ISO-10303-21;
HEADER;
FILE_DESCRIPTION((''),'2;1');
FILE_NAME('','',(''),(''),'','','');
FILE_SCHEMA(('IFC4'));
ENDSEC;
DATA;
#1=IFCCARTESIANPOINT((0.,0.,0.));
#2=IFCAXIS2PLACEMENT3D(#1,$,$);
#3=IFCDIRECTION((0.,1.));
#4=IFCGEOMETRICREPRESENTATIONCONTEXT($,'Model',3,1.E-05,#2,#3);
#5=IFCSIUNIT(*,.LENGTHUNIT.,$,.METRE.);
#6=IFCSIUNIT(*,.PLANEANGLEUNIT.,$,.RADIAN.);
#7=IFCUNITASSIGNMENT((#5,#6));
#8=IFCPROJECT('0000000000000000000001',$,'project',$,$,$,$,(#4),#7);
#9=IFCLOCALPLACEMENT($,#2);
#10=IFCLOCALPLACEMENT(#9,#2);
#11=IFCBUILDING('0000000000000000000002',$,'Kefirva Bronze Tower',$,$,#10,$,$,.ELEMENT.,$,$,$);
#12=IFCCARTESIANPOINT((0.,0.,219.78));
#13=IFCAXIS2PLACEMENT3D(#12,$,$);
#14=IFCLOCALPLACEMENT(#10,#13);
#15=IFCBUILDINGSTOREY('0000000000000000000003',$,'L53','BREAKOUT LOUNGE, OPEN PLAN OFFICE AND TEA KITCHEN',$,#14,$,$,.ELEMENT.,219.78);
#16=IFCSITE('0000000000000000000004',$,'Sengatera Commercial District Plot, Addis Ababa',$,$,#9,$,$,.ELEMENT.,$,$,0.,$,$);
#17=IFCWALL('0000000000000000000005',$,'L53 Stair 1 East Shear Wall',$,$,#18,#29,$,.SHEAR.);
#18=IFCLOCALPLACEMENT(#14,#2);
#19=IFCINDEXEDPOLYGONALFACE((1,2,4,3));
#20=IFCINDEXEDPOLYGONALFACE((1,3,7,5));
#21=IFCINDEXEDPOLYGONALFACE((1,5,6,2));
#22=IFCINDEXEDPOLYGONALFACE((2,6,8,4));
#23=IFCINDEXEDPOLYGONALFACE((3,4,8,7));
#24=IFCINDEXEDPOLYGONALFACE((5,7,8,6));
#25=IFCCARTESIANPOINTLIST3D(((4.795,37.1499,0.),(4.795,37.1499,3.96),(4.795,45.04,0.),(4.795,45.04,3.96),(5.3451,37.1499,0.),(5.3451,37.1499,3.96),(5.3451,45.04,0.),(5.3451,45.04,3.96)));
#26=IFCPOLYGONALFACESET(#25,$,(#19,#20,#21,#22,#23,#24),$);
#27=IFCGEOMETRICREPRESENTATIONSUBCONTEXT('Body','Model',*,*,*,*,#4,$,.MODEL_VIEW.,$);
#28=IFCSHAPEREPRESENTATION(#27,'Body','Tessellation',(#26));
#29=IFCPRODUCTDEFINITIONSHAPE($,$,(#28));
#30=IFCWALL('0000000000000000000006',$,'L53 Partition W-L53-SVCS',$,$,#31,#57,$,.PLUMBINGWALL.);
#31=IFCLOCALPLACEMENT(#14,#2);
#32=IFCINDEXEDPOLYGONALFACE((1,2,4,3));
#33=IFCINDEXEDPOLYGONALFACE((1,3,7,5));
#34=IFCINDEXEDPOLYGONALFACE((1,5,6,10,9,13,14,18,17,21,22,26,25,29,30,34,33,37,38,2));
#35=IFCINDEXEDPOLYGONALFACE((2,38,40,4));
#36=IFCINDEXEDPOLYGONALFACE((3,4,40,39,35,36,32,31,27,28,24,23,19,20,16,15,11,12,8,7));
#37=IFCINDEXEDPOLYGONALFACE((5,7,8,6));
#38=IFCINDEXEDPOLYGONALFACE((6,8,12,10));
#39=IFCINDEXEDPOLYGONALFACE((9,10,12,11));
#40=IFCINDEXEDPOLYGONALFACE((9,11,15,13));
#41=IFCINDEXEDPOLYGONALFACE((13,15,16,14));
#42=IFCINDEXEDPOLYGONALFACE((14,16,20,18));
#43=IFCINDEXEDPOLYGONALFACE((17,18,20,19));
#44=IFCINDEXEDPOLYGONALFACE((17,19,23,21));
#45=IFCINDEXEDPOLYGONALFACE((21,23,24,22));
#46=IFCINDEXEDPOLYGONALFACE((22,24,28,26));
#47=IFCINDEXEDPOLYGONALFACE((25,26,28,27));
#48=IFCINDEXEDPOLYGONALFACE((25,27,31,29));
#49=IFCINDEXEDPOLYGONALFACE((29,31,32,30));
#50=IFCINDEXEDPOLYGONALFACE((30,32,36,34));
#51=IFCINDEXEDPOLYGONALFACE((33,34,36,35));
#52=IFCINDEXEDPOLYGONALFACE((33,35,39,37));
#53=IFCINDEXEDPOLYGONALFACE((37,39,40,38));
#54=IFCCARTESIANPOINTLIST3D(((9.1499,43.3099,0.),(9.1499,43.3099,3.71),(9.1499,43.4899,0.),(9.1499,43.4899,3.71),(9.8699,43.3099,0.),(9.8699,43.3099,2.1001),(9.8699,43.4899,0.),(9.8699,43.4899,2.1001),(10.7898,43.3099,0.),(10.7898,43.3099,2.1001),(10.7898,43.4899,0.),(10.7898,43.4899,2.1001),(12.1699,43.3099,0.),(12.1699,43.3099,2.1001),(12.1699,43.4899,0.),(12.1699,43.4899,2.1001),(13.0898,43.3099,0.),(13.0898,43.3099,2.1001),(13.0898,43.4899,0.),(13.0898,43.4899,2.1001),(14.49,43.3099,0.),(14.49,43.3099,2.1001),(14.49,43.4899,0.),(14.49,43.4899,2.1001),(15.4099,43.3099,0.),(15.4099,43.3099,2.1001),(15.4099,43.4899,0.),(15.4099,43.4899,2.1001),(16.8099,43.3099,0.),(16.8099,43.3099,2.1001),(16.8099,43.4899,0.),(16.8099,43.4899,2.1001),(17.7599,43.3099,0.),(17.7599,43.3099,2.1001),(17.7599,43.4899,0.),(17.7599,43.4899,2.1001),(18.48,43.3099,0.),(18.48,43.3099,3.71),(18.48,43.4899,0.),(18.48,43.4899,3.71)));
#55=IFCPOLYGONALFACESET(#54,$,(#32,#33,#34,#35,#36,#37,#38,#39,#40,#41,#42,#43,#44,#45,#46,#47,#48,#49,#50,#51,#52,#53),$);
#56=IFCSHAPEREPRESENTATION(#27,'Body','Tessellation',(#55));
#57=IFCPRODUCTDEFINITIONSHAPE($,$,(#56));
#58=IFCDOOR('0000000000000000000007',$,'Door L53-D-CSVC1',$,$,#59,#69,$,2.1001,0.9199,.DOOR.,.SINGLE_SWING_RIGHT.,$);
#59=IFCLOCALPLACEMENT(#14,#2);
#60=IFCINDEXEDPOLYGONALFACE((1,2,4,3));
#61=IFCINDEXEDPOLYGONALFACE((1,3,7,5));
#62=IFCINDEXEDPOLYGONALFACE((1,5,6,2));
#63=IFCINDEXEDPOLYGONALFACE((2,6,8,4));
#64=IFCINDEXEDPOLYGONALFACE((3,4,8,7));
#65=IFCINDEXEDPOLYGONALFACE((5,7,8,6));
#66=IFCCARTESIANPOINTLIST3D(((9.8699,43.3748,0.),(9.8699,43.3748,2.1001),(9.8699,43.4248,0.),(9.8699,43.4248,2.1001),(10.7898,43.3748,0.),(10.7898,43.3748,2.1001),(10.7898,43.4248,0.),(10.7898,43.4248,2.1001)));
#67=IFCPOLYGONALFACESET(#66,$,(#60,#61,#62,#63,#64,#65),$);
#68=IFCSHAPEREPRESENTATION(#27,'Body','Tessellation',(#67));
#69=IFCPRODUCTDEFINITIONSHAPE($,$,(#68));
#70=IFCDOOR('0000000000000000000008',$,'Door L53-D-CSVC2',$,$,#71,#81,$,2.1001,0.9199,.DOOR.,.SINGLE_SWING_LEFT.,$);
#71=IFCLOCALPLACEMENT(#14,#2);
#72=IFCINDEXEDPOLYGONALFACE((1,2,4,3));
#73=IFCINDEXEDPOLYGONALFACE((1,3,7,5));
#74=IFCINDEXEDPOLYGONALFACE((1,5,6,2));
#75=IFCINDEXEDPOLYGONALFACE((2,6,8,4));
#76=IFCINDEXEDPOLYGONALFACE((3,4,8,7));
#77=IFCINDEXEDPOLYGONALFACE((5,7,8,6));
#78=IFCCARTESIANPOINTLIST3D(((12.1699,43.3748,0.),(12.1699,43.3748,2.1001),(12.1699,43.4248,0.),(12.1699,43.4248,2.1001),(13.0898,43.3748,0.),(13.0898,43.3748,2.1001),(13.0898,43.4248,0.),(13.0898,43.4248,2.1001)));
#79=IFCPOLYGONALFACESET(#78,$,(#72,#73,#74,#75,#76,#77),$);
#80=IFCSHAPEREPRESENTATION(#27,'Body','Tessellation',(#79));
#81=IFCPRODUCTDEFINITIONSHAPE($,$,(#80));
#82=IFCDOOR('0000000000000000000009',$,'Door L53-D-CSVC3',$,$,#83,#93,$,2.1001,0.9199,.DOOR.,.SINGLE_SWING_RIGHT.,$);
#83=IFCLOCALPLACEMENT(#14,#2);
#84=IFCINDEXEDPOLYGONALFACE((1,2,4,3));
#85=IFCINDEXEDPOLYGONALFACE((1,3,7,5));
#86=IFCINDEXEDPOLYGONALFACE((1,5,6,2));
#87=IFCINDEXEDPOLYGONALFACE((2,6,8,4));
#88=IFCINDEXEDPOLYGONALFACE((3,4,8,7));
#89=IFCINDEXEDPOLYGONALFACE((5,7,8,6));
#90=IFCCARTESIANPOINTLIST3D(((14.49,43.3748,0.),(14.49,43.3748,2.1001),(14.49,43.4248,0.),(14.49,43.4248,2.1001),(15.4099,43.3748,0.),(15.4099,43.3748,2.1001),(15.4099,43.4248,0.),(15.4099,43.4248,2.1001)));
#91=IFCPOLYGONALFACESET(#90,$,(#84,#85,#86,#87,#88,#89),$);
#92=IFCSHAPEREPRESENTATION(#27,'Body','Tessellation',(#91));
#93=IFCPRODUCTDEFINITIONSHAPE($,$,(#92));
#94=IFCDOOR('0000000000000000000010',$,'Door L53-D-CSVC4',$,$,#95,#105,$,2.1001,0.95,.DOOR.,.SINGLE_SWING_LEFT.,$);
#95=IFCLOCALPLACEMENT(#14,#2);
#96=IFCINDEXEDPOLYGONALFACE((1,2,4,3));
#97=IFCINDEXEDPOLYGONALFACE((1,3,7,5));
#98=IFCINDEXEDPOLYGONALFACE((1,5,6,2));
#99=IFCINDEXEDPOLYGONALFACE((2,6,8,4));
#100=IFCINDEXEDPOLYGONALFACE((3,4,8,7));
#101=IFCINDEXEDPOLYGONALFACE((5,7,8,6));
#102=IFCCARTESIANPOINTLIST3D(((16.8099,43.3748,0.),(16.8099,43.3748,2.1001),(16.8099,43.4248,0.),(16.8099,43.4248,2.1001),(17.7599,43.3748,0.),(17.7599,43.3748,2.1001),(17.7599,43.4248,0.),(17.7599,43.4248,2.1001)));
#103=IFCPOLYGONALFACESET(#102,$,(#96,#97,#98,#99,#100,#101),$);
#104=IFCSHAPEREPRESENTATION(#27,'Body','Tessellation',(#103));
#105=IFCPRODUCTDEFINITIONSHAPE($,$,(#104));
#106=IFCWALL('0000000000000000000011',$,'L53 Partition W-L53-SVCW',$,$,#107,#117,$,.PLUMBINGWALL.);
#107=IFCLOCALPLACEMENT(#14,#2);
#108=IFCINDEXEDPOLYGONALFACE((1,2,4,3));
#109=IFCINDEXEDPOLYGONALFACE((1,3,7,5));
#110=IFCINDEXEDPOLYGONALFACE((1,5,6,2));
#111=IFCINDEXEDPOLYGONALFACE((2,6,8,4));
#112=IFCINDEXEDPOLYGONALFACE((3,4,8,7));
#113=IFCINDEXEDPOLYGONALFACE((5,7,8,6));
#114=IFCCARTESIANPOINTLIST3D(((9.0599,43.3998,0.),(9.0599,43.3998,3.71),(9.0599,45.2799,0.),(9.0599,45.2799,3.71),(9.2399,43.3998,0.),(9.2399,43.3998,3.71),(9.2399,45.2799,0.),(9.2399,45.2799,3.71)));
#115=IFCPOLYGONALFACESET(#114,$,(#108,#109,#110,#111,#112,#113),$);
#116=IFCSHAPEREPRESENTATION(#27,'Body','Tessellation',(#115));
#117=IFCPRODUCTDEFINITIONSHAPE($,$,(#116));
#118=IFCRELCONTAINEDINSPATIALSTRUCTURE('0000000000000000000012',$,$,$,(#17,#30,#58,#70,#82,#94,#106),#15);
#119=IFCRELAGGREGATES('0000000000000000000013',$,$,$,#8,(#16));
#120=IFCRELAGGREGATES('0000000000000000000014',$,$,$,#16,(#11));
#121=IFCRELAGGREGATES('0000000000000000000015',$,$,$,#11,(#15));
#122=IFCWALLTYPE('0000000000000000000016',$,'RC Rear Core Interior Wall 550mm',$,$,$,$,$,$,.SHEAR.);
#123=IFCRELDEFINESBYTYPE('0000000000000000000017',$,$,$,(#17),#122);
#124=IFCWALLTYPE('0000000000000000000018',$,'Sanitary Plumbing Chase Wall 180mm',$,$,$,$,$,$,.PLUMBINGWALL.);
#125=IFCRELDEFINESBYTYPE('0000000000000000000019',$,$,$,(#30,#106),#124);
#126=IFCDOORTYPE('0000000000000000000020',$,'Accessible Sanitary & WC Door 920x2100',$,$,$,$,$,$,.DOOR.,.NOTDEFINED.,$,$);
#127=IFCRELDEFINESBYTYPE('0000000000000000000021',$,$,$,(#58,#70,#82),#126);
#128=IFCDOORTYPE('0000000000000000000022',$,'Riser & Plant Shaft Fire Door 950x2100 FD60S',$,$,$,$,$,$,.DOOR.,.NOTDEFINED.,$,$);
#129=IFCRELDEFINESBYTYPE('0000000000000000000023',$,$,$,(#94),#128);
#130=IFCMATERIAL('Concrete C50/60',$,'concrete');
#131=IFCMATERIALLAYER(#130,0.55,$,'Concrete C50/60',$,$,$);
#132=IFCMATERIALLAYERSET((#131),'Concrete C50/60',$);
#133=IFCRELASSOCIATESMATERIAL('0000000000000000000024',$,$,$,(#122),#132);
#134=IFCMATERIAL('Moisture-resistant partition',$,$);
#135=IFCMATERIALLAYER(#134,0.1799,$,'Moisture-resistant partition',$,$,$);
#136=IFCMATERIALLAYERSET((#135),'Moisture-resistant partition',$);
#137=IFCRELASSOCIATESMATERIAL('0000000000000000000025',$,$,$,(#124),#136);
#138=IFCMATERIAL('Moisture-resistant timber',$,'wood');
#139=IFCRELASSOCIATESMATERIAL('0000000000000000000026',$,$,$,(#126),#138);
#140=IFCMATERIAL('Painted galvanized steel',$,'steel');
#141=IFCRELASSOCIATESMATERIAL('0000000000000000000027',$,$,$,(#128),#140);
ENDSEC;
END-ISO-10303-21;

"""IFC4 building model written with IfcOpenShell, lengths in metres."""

from ifc_helpers import new_model, si_unit, direction, frame, frame_2d, origin, place, context, subcontext, project, spatial, rectangle, extrude, material, layer, layer_set, type_object, element, fill, save


model = new_model("IFC4")

# Units and contexts
model_context = context("Model", 3, precision=1e-05, world=origin(), true_north=direction((0.0, 1.0)))
body_context = subcontext(model_context, "Body", "Model", "MODEL_VIEW")
ifc_project = project(units=[si_unit("LENGTHUNIT", "METRE"), si_unit("PLANEANGLEUNIT", "RADIAN")], contexts=[model_context])

# Site, building, storey
site_placement = place(None, origin())
site = spatial("IfcSite", under=ifc_project, at=site_placement, Name="Sengatera Commercial District Plot, Addis Ababa", CompositionType="ELEMENT", RefElevation=0.0)
building_placement = place(site_placement, origin())
building = spatial("IfcBuilding", under=site, at=building_placement, Name="Kefirva Bronze Tower", CompositionType="ELEMENT")
storey_placement = place(building_placement, frame((0.0, 0.0, 219.78)))
storey = spatial("IfcBuildingStorey", under=building, at=storey_placement, Name="L53", Description="BREAKOUT LOUNGE, OPEN PLAN OFFICE AND TEA KITCHEN", CompositionType="ELEMENT", Elevation=219.78)

# Wall
ifc_material_1 = material(Name="Concrete C50/60", Category="concrete")
ifc_layer_1 = layer(ifc_material_1, 0.55, Name="Concrete C50/60")
ifc_layer_set_1 = layer_set([ifc_layer_1], Name="Concrete C50/60")
wall_type_1 = type_object("IfcWallType", Name="RC Rear Core Interior Wall 550mm", PredefinedType="SHEAR", material=ifc_layer_set_1)
wall_1_placement = place(storey_placement, frame((5.0701, 37.1499, 0.0), z_axis=(0.0, 0.0, 1.0), x_axis=(0.0, 1.0, 0.0)))
element("IfcWall", 1, at=wall_1_placement, inside=storey, type_object=wall_type_1, Name="L53 Stair 1 East Shear Wall", PredefinedType="SHEAR", context=body_context, shape_type="SweptSolid", body=[
    extrude(rectangle(XDim=7.8901, YDim=0.55, at=frame_2d((3.9451, 0.0))), origin(), (0.0, 0.0, 1.0), 3.96),
])

# Wall, openings, doors
ifc_material_2 = material(Name="Moisture-resistant partition")
ifc_layer_2 = layer(ifc_material_2, 0.1799, Name="Moisture-resistant partition")
ifc_layer_set_2 = layer_set([ifc_layer_2], Name="Moisture-resistant partition")
wall_type_2 = type_object("IfcWallType", Name="Sanitary Plumbing Chase Wall 180mm", PredefinedType="PLUMBINGWALL", material=ifc_layer_set_2)
wall_2_placement = place(storey_placement, frame((9.1499, 43.3999, 0.0), z_axis=(0.0, 0.0, 1.0), x_axis=(1.0, 0.0, 0.0)))
wall_2 = element("IfcWall", 2, at=wall_2_placement, inside=storey, type_object=wall_type_2, Name="L53 Partition W-L53-SVCS", PredefinedType="PLUMBINGWALL", context=body_context, shape_type="SweptSolid", body=[
    extrude(rectangle(XDim=9.3301, YDim=0.1799, at=frame_2d((4.665, 0.0))), origin(), (0.0, 0.0, 1.0), 3.71),
])
opening_1_placement = place(wall_2_placement, frame((0.72, 0.0, 0.0)))
opening_1 = element("IfcOpeningElement", 3, at=opening_1_placement, cuts=wall_2, PredefinedType="OPENING", context=body_context, shape_type="SweptSolid", body=[
    extrude(rectangle(XDim=0.9199, YDim=2.1001, at=frame_2d((0.46, 1.05))), frame((0.0, 0.1001, 0.0), z_axis=(0.0, -1.0, 0.0), x_axis=(1.0, 0.0, 0.0)), (0.0, 0.0, 1.0), 0.2),
])
opening_2_placement = place(wall_2_placement, frame((3.02, 0.0, 0.0)))
opening_2 = element("IfcOpeningElement", 4, at=opening_2_placement, cuts=wall_2, PredefinedType="OPENING", context=body_context, shape_type="SweptSolid", body=[
    extrude(rectangle(XDim=0.9199, YDim=2.1001, at=frame_2d((0.46, 1.05))), frame((0.0, 0.1001, 0.0), z_axis=(0.0, -1.0, 0.0), x_axis=(1.0, 0.0, 0.0)), (0.0, 0.0, 1.0), 0.2),
])
opening_3_placement = place(wall_2_placement, frame((5.3401, 0.0, 0.0)))
opening_3 = element("IfcOpeningElement", 5, at=opening_3_placement, cuts=wall_2, PredefinedType="OPENING", context=body_context, shape_type="SweptSolid", body=[
    extrude(rectangle(XDim=0.9199, YDim=2.1001, at=frame_2d((0.46, 1.05))), frame((0.0, 0.1001, 0.0), z_axis=(0.0, -1.0, 0.0), x_axis=(1.0, 0.0, 0.0)), (0.0, 0.0, 1.0), 0.2),
])
opening_4_placement = place(wall_2_placement, frame((7.6599, 0.0, 0.0)))
opening_4 = element("IfcOpeningElement", 6, at=opening_4_placement, cuts=wall_2, PredefinedType="OPENING", context=body_context, shape_type="SweptSolid", body=[
    extrude(rectangle(XDim=0.95, YDim=2.1001, at=frame_2d((0.4751, 1.05))), frame((0.0, 0.1001, 0.0), z_axis=(0.0, -1.0, 0.0), x_axis=(1.0, 0.0, 0.0)), (0.0, 0.0, 1.0), 0.2),
])
ifc_material_3 = material(Name="Moisture-resistant timber", Category="wood")
door_type_1 = type_object("IfcDoorType", Name="Accessible Sanitary & WC Door 920x2100", OperationType="NOTDEFINED", PredefinedType="DOOR", material=ifc_material_3)
door_1_placement = place(opening_1_placement, origin())
door_1 = element("IfcDoor", 7, at=door_1_placement, inside=storey, type_object=door_type_1, Name="Door L53-D-CSVC1", OperationType="SINGLE_SWING_RIGHT", OverallHeight=2.1001, OverallWidth=0.9199, PredefinedType="DOOR", context=body_context, shape_type="SweptSolid", body=[
    extrude(rectangle(XDim=0.9199, YDim=2.1001, at=frame_2d((0.46, 1.05))), frame((0.0, 0.0249, 0.0), z_axis=(0.0, -1.0, 0.0), x_axis=(1.0, 0.0, 0.0)), (0.0, 0.0, 1.0), 0.05),
])
fill(opening_1, door_1)
door_2_placement = place(opening_2_placement, origin())
door_2 = element("IfcDoor", 8, at=door_2_placement, inside=storey, type_object=door_type_1, Name="Door L53-D-CSVC2", OperationType="SINGLE_SWING_LEFT", OverallHeight=2.1001, OverallWidth=0.9199, PredefinedType="DOOR", context=body_context, shape_type="SweptSolid", body=[
    extrude(rectangle(XDim=0.9199, YDim=2.1001, at=frame_2d((0.46, 1.05))), frame((0.0, 0.0249, 0.0), z_axis=(0.0, -1.0, 0.0), x_axis=(1.0, 0.0, 0.0)), (0.0, 0.0, 1.0), 0.05),
])
fill(opening_2, door_2)
door_3_placement = place(opening_3_placement, origin())
door_3 = element("IfcDoor", 9, at=door_3_placement, inside=storey, type_object=door_type_1, Name="Door L53-D-CSVC3", OperationType="SINGLE_SWING_RIGHT", OverallHeight=2.1001, OverallWidth=0.9199, PredefinedType="DOOR", context=body_context, shape_type="SweptSolid", body=[
    extrude(rectangle(XDim=0.9199, YDim=2.1001, at=frame_2d((0.46, 1.05))), frame((0.0, 0.0249, 0.0), z_axis=(0.0, -1.0, 0.0), x_axis=(1.0, 0.0, 0.0)), (0.0, 0.0, 1.0), 0.05),
])
fill(opening_3, door_3)
ifc_material_4 = material(Name="Painted galvanized steel", Category="steel")
door_type_2 = type_object("IfcDoorType", Name="Riser & Plant Shaft Fire Door 950x2100 FD60S", OperationType="NOTDEFINED", PredefinedType="DOOR", material=ifc_material_4)
door_4_placement = place(opening_4_placement, origin())
door_4 = element("IfcDoor", 10, at=door_4_placement, inside=storey, type_object=door_type_2, Name="Door L53-D-CSVC4", OperationType="SINGLE_SWING_LEFT", OverallHeight=2.1001, OverallWidth=0.95, PredefinedType="DOOR", context=body_context, shape_type="SweptSolid", body=[
    extrude(rectangle(XDim=0.95, YDim=2.1001, at=frame_2d((0.4751, 1.05))), frame((0.0, 0.0249, 0.0), z_axis=(0.0, -1.0, 0.0), x_axis=(1.0, 0.0, 0.0)), (0.0, 0.0, 1.0), 0.05),
])
fill(opening_4, door_4)

# Wall
wall_3_placement = place(storey_placement, frame((9.1499, 43.3999, 0.0), z_axis=(0.0, 0.0, 1.0), x_axis=(0.0, 1.0, 0.0)))
element("IfcWall", 11, at=wall_3_placement, inside=storey, type_object=wall_type_2, Name="L53 Partition W-L53-SVCW", PredefinedType="PLUMBINGWALL", context=body_context, shape_type="SweptSolid", body=[
    extrude(rectangle(XDim=1.8801, YDim=0.1799, at=frame_2d((0.9399, 0.0))), origin(), (0.0, 0.0, 1.0), 3.71),
])

save(model, "model.ifc")
